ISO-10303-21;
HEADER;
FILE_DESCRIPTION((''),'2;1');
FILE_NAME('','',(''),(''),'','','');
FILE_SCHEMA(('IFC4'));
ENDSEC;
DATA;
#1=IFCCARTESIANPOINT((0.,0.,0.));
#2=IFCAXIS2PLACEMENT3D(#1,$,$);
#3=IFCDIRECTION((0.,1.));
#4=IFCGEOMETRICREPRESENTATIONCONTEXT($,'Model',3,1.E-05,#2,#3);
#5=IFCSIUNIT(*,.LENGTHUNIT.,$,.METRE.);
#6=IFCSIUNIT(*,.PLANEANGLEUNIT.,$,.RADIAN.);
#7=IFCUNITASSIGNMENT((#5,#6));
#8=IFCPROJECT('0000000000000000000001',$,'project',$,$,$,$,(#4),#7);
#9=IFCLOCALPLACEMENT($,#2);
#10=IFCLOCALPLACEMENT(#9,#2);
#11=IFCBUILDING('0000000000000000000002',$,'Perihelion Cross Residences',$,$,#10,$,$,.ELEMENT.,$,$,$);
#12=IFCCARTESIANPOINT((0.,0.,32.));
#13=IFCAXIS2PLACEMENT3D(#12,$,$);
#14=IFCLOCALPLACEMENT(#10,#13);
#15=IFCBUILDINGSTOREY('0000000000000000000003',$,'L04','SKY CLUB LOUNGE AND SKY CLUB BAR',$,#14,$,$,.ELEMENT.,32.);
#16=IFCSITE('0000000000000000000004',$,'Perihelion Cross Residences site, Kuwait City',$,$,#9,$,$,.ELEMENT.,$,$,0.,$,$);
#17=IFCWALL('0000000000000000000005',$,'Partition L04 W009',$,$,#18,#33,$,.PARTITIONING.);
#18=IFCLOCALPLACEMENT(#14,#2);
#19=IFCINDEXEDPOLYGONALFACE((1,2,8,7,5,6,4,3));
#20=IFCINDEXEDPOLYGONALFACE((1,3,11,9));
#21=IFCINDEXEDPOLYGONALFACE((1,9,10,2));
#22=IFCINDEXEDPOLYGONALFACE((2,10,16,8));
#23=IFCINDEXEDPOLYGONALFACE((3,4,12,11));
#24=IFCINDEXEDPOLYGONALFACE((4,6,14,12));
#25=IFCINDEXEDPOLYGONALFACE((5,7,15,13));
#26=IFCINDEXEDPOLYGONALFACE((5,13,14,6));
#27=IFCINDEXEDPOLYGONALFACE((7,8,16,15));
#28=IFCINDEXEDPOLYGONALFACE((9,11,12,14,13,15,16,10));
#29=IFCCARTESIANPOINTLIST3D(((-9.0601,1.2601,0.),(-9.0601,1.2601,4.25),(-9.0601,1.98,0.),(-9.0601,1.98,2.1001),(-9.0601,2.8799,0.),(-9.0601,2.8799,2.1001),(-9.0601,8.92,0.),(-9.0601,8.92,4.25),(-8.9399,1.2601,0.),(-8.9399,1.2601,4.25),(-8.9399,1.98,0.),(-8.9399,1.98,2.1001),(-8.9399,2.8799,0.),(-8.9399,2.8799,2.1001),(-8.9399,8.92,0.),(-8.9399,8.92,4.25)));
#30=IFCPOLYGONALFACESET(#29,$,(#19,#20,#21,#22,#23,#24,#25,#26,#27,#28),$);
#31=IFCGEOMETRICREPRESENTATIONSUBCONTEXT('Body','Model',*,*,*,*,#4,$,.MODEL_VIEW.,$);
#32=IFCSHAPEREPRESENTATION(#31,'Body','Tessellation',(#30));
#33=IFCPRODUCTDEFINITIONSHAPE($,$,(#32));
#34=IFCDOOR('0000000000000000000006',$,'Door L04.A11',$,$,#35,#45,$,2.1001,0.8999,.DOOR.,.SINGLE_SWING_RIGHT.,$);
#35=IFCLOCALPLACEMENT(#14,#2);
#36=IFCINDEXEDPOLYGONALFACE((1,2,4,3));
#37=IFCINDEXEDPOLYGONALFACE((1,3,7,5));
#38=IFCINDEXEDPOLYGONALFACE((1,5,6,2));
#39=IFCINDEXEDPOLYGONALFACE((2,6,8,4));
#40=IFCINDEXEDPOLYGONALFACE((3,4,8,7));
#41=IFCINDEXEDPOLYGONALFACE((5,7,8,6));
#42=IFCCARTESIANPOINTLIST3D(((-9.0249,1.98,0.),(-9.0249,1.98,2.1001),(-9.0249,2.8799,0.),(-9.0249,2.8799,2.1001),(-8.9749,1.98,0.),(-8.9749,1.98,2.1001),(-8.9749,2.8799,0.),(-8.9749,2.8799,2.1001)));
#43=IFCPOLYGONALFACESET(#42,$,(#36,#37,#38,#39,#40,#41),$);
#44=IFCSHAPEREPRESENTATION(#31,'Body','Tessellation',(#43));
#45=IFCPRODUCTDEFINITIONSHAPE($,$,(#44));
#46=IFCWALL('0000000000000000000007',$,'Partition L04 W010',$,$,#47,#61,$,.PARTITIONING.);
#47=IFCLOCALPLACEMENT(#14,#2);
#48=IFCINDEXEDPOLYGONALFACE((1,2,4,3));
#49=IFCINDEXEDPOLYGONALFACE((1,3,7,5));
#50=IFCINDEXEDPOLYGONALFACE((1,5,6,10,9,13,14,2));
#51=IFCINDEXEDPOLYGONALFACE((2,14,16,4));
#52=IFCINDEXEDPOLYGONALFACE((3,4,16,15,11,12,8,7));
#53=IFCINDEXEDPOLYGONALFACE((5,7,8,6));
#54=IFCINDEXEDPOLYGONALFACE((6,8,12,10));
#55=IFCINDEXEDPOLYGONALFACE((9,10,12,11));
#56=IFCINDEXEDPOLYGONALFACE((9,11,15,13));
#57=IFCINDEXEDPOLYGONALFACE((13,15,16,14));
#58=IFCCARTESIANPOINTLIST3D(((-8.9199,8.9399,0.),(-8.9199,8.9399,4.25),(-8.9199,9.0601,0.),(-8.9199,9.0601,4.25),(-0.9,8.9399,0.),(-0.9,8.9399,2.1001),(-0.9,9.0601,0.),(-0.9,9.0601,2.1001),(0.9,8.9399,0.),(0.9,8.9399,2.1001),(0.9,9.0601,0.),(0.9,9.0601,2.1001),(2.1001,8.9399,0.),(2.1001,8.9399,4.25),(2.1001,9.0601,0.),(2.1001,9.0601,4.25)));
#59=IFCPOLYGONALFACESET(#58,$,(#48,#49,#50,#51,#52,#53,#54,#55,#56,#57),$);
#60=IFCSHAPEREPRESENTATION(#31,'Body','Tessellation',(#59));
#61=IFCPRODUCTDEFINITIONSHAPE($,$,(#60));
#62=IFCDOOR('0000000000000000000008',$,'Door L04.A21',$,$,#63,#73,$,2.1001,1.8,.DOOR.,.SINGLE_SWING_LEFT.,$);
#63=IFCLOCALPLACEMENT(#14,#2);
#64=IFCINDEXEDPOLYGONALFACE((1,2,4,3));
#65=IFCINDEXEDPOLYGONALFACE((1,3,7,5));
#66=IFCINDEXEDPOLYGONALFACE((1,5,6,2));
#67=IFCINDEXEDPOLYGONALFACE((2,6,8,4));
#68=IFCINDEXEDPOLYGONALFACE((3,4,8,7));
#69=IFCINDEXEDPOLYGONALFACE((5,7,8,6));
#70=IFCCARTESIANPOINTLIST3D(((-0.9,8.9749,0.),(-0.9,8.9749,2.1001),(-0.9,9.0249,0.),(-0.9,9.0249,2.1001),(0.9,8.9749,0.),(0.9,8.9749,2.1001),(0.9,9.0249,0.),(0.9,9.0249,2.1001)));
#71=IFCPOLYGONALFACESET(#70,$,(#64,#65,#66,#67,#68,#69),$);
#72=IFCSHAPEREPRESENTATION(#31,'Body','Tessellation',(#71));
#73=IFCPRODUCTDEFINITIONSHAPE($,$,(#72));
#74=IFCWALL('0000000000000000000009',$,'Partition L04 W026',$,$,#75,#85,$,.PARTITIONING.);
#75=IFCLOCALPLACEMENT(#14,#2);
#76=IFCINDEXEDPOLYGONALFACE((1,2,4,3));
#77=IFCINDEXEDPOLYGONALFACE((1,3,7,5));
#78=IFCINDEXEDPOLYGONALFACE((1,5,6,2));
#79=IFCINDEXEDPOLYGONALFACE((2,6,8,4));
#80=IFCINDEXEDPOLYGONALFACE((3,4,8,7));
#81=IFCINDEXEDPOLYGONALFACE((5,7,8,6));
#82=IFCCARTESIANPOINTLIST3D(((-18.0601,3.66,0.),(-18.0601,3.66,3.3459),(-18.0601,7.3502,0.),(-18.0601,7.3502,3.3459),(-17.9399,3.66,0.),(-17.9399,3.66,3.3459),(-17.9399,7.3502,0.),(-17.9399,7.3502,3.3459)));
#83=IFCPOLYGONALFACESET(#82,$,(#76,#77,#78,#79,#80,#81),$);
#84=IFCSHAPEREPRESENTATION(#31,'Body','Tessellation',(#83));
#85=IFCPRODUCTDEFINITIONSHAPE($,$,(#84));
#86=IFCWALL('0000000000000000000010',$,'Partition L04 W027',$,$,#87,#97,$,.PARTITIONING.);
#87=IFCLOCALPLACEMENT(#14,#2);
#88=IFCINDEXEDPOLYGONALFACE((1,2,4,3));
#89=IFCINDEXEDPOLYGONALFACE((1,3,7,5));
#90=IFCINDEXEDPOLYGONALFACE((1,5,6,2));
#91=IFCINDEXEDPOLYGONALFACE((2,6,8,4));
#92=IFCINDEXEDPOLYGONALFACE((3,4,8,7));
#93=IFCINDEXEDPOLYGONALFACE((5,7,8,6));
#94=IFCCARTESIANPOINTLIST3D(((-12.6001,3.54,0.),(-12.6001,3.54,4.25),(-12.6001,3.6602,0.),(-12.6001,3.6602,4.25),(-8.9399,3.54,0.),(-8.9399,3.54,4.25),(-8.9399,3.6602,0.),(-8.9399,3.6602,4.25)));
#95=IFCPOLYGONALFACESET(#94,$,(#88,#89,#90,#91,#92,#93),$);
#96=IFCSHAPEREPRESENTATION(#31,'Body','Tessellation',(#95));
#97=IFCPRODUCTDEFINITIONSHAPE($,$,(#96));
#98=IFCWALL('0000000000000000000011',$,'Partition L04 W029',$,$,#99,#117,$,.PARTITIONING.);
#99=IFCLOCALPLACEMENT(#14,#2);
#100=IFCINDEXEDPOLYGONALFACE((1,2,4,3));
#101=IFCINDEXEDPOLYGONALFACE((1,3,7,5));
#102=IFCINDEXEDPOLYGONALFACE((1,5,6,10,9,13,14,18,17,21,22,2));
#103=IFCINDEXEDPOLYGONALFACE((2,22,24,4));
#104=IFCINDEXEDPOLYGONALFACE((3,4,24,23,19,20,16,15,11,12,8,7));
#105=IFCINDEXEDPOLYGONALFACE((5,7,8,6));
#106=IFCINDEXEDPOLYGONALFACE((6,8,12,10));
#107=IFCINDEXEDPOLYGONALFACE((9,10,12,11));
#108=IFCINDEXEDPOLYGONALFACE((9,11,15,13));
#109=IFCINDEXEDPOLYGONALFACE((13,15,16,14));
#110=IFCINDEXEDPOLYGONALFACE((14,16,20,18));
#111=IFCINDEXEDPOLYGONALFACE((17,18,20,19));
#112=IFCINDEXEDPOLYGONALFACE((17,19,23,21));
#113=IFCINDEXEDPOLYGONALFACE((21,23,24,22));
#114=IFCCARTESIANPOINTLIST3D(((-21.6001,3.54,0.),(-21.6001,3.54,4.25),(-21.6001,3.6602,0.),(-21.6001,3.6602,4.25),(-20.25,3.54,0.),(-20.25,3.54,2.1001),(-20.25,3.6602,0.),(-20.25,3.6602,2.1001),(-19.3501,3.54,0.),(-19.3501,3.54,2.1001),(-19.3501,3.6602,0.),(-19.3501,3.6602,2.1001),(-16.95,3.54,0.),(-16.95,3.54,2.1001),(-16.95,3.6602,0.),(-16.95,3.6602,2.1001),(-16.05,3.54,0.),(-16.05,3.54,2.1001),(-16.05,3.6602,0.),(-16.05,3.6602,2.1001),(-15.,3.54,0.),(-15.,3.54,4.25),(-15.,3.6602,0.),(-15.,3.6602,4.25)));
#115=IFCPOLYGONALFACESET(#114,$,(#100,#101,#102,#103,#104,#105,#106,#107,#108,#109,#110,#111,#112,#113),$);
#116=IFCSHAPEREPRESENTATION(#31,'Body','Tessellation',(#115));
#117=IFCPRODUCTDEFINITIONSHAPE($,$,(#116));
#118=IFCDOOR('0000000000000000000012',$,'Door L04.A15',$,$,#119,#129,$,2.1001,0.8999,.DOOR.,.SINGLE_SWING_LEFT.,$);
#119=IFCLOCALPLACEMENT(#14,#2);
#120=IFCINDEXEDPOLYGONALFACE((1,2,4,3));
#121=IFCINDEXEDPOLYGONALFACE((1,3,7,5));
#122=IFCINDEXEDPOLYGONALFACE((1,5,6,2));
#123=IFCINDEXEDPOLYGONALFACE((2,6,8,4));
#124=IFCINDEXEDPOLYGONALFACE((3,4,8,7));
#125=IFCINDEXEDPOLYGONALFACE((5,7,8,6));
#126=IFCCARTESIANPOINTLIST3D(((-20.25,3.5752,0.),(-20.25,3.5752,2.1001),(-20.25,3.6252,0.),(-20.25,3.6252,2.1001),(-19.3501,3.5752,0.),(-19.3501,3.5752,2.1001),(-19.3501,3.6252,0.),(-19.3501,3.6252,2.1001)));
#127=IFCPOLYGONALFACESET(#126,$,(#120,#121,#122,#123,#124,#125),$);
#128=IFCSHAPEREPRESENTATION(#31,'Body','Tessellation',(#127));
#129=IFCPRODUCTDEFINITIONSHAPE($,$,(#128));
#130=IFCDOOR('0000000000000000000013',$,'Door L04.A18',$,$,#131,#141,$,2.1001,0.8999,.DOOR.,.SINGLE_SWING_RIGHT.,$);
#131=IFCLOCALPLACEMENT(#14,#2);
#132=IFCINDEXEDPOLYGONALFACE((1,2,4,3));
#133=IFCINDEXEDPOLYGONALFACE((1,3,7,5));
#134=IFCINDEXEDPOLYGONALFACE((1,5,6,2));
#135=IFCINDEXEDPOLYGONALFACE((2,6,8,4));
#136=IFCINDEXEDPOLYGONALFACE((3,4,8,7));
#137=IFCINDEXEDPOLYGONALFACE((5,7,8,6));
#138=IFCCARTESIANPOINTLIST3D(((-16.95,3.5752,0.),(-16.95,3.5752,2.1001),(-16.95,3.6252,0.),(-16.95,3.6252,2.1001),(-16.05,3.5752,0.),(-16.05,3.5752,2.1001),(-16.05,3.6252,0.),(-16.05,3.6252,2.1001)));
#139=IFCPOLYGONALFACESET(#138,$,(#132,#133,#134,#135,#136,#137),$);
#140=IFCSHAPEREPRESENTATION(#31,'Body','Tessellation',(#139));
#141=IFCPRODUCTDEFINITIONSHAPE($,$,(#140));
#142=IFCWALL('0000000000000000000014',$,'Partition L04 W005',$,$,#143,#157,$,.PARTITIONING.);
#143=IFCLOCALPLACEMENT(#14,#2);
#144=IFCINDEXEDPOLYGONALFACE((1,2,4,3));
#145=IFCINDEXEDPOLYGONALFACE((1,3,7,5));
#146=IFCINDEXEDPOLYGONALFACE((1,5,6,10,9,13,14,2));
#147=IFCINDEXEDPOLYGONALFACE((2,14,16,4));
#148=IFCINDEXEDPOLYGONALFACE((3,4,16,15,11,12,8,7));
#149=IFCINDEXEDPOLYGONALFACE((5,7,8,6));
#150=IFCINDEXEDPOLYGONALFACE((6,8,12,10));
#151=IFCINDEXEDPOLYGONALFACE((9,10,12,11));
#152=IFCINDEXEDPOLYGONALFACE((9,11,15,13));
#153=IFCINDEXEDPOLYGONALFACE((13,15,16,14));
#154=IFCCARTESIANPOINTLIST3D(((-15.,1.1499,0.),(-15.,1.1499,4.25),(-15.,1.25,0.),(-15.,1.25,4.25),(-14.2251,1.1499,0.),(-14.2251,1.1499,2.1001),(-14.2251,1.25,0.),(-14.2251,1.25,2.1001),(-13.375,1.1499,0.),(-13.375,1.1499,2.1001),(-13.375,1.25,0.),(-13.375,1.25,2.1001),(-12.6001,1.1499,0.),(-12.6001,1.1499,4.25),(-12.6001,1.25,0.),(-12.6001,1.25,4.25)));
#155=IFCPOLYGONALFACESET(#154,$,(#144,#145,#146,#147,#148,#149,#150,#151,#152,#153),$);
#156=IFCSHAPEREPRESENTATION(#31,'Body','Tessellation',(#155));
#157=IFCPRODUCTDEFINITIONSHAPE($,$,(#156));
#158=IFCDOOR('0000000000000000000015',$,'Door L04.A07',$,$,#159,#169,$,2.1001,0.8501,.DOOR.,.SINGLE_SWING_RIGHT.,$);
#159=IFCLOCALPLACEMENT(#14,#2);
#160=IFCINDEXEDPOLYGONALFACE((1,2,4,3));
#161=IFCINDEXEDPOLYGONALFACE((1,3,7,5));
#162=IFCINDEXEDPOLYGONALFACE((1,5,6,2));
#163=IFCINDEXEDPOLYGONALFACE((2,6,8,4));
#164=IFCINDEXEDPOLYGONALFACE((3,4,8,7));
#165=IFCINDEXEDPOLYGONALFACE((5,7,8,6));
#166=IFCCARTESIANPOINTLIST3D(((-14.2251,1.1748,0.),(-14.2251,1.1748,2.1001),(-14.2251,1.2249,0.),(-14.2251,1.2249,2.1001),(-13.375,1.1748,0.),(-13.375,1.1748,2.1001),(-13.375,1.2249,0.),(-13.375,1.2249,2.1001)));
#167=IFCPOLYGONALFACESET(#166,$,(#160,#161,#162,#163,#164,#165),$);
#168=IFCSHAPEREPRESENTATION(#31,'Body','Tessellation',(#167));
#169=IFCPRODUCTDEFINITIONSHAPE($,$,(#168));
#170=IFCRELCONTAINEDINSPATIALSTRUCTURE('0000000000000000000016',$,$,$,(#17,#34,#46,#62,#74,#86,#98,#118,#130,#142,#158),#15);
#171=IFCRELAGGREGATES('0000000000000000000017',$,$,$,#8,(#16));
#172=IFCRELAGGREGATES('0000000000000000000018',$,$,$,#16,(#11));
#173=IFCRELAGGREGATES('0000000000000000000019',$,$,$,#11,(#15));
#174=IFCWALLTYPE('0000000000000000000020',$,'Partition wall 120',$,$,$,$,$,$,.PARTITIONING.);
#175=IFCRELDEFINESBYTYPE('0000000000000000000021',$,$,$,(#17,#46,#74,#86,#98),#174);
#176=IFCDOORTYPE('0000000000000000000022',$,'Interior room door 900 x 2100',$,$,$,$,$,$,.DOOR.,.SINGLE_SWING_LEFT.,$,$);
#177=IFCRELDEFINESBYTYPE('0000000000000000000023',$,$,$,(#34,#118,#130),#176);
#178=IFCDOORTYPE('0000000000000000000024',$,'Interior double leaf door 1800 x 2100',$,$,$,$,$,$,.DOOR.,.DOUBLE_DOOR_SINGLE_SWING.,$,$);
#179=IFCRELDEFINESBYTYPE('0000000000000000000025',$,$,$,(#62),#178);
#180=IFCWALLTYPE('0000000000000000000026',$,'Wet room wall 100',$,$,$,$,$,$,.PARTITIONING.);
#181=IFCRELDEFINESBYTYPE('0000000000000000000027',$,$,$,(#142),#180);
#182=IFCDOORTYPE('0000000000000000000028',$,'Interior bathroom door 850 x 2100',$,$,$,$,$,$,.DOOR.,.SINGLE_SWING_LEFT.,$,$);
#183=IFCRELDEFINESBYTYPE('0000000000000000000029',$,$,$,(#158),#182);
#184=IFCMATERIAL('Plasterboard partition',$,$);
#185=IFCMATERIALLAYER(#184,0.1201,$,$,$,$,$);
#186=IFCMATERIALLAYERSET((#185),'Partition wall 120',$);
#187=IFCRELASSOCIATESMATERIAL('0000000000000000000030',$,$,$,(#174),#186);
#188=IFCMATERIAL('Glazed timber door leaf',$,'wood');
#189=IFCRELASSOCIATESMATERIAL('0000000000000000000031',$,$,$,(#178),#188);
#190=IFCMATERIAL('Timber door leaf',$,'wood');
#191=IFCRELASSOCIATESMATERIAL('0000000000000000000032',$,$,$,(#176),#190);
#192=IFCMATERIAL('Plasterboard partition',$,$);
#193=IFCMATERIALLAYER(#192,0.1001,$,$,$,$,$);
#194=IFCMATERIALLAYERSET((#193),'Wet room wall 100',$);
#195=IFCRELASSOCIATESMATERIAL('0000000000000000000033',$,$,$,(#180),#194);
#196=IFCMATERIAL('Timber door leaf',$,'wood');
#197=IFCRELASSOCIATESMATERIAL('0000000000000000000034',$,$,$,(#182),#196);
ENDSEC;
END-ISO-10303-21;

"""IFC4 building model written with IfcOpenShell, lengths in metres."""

from ifc_helpers import new_model, si_unit, direction, frame, frame_2d, origin, place, context, subcontext, project, spatial, rectangle, extrude, material, layer, layer_set, type_object, element, fill, save


model = new_model("IFC4")

# Units and contexts
model_context = context("Model", 3, precision=1e-05, world=origin(), true_north=direction((0.0, 1.0)))
body_context = subcontext(model_context, "Body", "Model", "MODEL_VIEW")
ifc_project = project(units=[si_unit("LENGTHUNIT", "METRE"), si_unit("PLANEANGLEUNIT", "RADIAN")], contexts=[model_context])

# Site, building, storey
site_placement = place(None, origin())
site = spatial("IfcSite", under=ifc_project, at=site_placement, Name="Perihelion Cross Residences site, Kuwait City", CompositionType="ELEMENT", RefElevation=0.0)
building_placement = place(site_placement, origin())
building = spatial("IfcBuilding", under=site, at=building_placement, Name="Perihelion Cross Residences", CompositionType="ELEMENT")
storey_placement = place(building_placement, frame((0.0, 0.0, 32.0)))
storey = spatial("IfcBuildingStorey", under=building, at=storey_placement, Name="L04", Description="SKY CLUB LOUNGE AND SKY CLUB BAR", CompositionType="ELEMENT", Elevation=32.0)

# Shared definitions
ifc_material_1 = material(Name="Plasterboard partition")
ifc_layer_1 = layer(ifc_material_1, 0.1201)
ifc_layer_set_1 = layer_set([ifc_layer_1], Name="Partition wall 120")
wall_type_1 = type_object("IfcWallType", Name="Partition wall 120", PredefinedType="PARTITIONING", material=ifc_layer_set_1)
ifc_material_2 = material(Name="Glazed timber door leaf", Category="wood")
door_type_1 = type_object("IfcDoorType", Name="Interior double leaf door 1800 x 2100", OperationType="DOUBLE_DOOR_SINGLE_SWING", PredefinedType="DOOR", material=ifc_material_2)
ifc_material_3 = material(Name="Timber door leaf", Category="wood")
door_type_2 = type_object("IfcDoorType", Name="Interior room door 900 x 2100", OperationType="SINGLE_SWING_LEFT", PredefinedType="DOOR", material=ifc_material_3)

# Walls, openings, doors
wall_1_placement = place(storey_placement, frame((-9.0, 1.26, 0.0), z_axis=(0.0, 0.0, 1.0), x_axis=(0.0, 1.0, 0.0)))
wall_1 = element("IfcWall", 1, at=wall_1_placement, inside=storey, type_object=wall_type_1, Name="Partition L04 W009", PredefinedType="PARTITIONING", context=body_context, shape_type="SweptSolid", body=[
    extrude(rectangle(XDim=7.6599, YDim=0.1201, at=frame_2d((3.8301, 0.0))), origin(), (0.0, 0.0, 1.0), 4.25),
])
opening_1_placement = place(wall_1_placement, frame((0.72, 0.0, 0.0)))
opening_1 = element("IfcOpeningElement", 2, at=opening_1_placement, cuts=wall_1, PredefinedType="OPENING", context=body_context, shape_type="SweptSolid", body=[
    extrude(rectangle(XDim=0.8999, YDim=2.1001, at=frame_2d((0.45, 1.05))), frame((0.0, 0.0701, 0.0), z_axis=(0.0, -1.0, 0.0), x_axis=(1.0, 0.0, 0.0)), (0.0, 0.0, 1.0), 0.1401),
])
door_1_placement = place(opening_1_placement, origin())
door_1 = element("IfcDoor", 3, at=door_1_placement, inside=storey, type_object=door_type_2, Name="Door L04.A11", OperationType="SINGLE_SWING_RIGHT", OverallHeight=2.1001, OverallWidth=0.8999, PredefinedType="DOOR", context=body_context, shape_type="SweptSolid", body=[
    extrude(rectangle(XDim=0.8999, YDim=2.1001, at=frame_2d((0.45, 1.05))), frame((0.0, 0.0249, 0.0), z_axis=(0.0, -1.0, 0.0), x_axis=(1.0, 0.0, 0.0)), (0.0, 0.0, 1.0), 0.05),
])
fill(opening_1, door_1)
wall_2_placement = place(storey_placement, frame((-8.9199, 9.0, 0.0), z_axis=(0.0, 0.0, 1.0), x_axis=(1.0, 0.0, 0.0)))
wall_2 = element("IfcWall", 4, at=wall_2_placement, inside=storey, type_object=wall_type_1, Name="Partition L04 W010", PredefinedType="PARTITIONING", context=body_context, shape_type="SweptSolid", body=[
    extrude(rectangle(XDim=11.02, YDim=0.1201, at=frame_2d((5.51, 0.0))), origin(), (0.0, 0.0, 1.0), 4.25),
])
opening_2_placement = place(wall_2_placement, frame((8.02, 0.0, 0.0)))
opening_2 = element("IfcOpeningElement", 5, at=opening_2_placement, cuts=wall_2, PredefinedType="OPENING", context=body_context, shape_type="SweptSolid", body=[
    extrude(rectangle(XDim=1.8, YDim=2.1001, at=frame_2d((0.8999, 1.05))), frame((0.0, 0.0701, 0.0), z_axis=(0.0, -1.0, 0.0), x_axis=(1.0, 0.0, 0.0)), (0.0, 0.0, 1.0), 0.1401),
])
door_2_placement = place(opening_2_placement, origin())
door_2 = element("IfcDoor", 6, at=door_2_placement, inside=storey, type_object=door_type_1, Name="Door L04.A21", OperationType="SINGLE_SWING_LEFT", OverallHeight=2.1001, OverallWidth=1.8, PredefinedType="DOOR", context=body_context, shape_type="SweptSolid", body=[
    extrude(rectangle(XDim=1.8, YDim=2.1001, at=frame_2d((0.8999, 1.05))), frame((0.0, 0.0249, 0.0), z_axis=(0.0, -1.0, 0.0), x_axis=(1.0, 0.0, 0.0)), (0.0, 0.0, 1.0), 0.05),
])
fill(opening_2, door_2)

# Walls
wall_3_placement = place(storey_placement, frame((-18.0, 3.6599, 0.0), z_axis=(0.0, 0.0, 1.0), x_axis=(0.0, 1.0, 0.0)))
element("IfcWall", 7, at=wall_3_placement, inside=storey, type_object=wall_type_1, Name="Partition L04 W026", PredefinedType="PARTITIONING", context=body_context, shape_type="SweptSolid", body=[
    extrude(rectangle(XDim=3.6902, YDim=0.1201, at=frame_2d((1.8452, 0.0))), origin(), (0.0, 0.0, 1.0), 3.3459),
])
wall_4_placement = place(storey_placement, frame((-8.9399, 3.6001, 0.0), z_axis=(0.0, 0.0, 1.0), x_axis=(-1.0, 0.0, 0.0)))
element("IfcWall", 8, at=wall_4_placement, inside=storey, type_object=wall_type_1, Name="Partition L04 W027", PredefinedType="PARTITIONING", context=body_context, shape_type="SweptSolid", body=[
    extrude(rectangle(XDim=3.6602, YDim=0.1201, at=frame_2d((1.8301, 0.0))), origin(), (0.0, 0.0, 1.0), 4.25),
])

# Wall, openings, doors
wall_5_placement = place(storey_placement, frame((-15.0, 3.6001, 0.0), z_axis=(0.0, 0.0, 1.0), x_axis=(-1.0, 0.0, 0.0)))
wall_5 = element("IfcWall", 9, at=wall_5_placement, inside=storey, type_object=wall_type_1, Name="Partition L04 W029", PredefinedType="PARTITIONING", context=body_context, shape_type="SweptSolid", body=[
    extrude(rectangle(XDim=6.6001, YDim=0.1201, at=frame_2d((3.3, 0.0))), origin(), (0.0, 0.0, 1.0), 4.25),
])
opening_3_placement = place(wall_5_placement, frame((4.3501, 0.0, 0.0)))
opening_3 = element("IfcOpeningElement", 10, at=opening_3_placement, cuts=wall_5, PredefinedType="OPENING", context=body_context, shape_type="SweptSolid", body=[
    extrude(rectangle(XDim=0.8999, YDim=2.1001, at=frame_2d((0.45, 1.05))), frame((0.0, 0.0701, 0.0), z_axis=(0.0, -1.0, 0.0), x_axis=(1.0, 0.0, 0.0)), (0.0, 0.0, 1.0), 0.1401),
])
opening_4_placement = place(wall_5_placement, frame((1.05, 0.0, 0.0)))
opening_4 = element("IfcOpeningElement", 11, at=opening_4_placement, cuts=wall_5, PredefinedType="OPENING", context=body_context, shape_type="SweptSolid", body=[
    extrude(rectangle(XDim=0.8999, YDim=2.1001, at=frame_2d((0.45, 1.05))), frame((0.0, 0.0701, 0.0), z_axis=(0.0, -1.0, 0.0), x_axis=(1.0, 0.0, 0.0)), (0.0, 0.0, 1.0), 0.1401),
])
door_3_placement = place(opening_3_placement, origin())
door_3 = element("IfcDoor", 12, at=door_3_placement, inside=storey, type_object=door_type_2, Name="Door L04.A15", OperationType="SINGLE_SWING_LEFT", OverallHeight=2.1001, OverallWidth=0.8999, PredefinedType="DOOR", context=body_context, shape_type="SweptSolid", body=[
    extrude(rectangle(XDim=0.8999, YDim=2.1001, at=frame_2d((0.45, 1.05))), frame((0.0, 0.0249, 0.0), z_axis=(0.0, -1.0, 0.0), x_axis=(1.0, 0.0, 0.0)), (0.0, 0.0, 1.0), 0.05),
])
fill(opening_3, door_3)
door_4_placement = place(opening_4_placement, origin())
door_4 = element("IfcDoor", 13, at=door_4_placement, inside=storey, type_object=door_type_2, Name="Door L04.A18", OperationType="SINGLE_SWING_RIGHT", OverallHeight=2.1001, OverallWidth=0.8999, PredefinedType="DOOR", context=body_context, shape_type="SweptSolid", body=[
    extrude(rectangle(XDim=0.8999, YDim=2.1001, at=frame_2d((0.45, 1.05))), frame((0.0, 0.0249, 0.0), z_axis=(0.0, -1.0, 0.0), x_axis=(1.0, 0.0, 0.0)), (0.0, 0.0, 1.0), 0.05),
])
fill(opening_4, door_4)

# Wall, opening, door
ifc_material_4 = material(Name="Plasterboard partition")
ifc_layer_2 = layer(ifc_material_4, 0.1001)
ifc_layer_set_2 = layer_set([ifc_layer_2], Name="Wet room wall 100")
wall_type_2 = type_object("IfcWallType", Name="Wet room wall 100", PredefinedType="PARTITIONING", material=ifc_layer_set_2)
wall_6_placement = place(storey_placement, frame((-15.0, 1.2, 0.0), z_axis=(0.0, 0.0, 1.0), x_axis=(1.0, 0.0, 0.0)))
wall_6 = element("IfcWall", 14, at=wall_6_placement, inside=storey, type_object=wall_type_2, Name="Partition L04 W005", PredefinedType="PARTITIONING", context=body_context, shape_type="SweptSolid", body=[
    extrude(rectangle(XDim=2.3999, YDim=0.1001, at=frame_2d((1.2, 0.0))), origin(), (0.0, 0.0, 1.0), 4.25),
])
opening_5_placement = place(wall_6_placement, frame((0.7749, 0.0, 0.0)))
opening_5 = element("IfcOpeningElement", 15, at=opening_5_placement, cuts=wall_6, PredefinedType="OPENING", context=body_context, shape_type="SweptSolid", body=[
    extrude(rectangle(XDim=0.8501, YDim=2.1001, at=frame_2d((0.425, 1.05))), frame((0.0, 0.0601, 0.0), z_axis=(0.0, -1.0, 0.0), x_axis=(1.0, 0.0, 0.0)), (0.0, 0.0, 1.0), 0.1201),
])
ifc_material_5 = material(Name="Timber door leaf", Category="wood")
door_type_3 = type_object("IfcDoorType", Name="Interior bathroom door 850 x 2100", OperationType="SINGLE_SWING_LEFT", PredefinedType="DOOR", material=ifc_material_5)
door_5_placement = place(opening_5_placement, origin())
door_5 = element("IfcDoor", 16, at=door_5_placement, inside=storey, type_object=door_type_3, Name="Door L04.A07", OperationType="SINGLE_SWING_RIGHT", OverallHeight=2.1001, OverallWidth=0.8501, PredefinedType="DOOR", context=body_context, shape_type="SweptSolid", body=[
    extrude(rectangle(XDim=0.8501, YDim=2.1001, at=frame_2d((0.425, 1.05))), frame((0.0, 0.0249, 0.0), z_axis=(0.0, -1.0, 0.0), x_axis=(1.0, 0.0, 0.0)), (0.0, 0.0, 1.0), 0.05),
])
fill(opening_5, door_5)

save(model, "model.ifc")
